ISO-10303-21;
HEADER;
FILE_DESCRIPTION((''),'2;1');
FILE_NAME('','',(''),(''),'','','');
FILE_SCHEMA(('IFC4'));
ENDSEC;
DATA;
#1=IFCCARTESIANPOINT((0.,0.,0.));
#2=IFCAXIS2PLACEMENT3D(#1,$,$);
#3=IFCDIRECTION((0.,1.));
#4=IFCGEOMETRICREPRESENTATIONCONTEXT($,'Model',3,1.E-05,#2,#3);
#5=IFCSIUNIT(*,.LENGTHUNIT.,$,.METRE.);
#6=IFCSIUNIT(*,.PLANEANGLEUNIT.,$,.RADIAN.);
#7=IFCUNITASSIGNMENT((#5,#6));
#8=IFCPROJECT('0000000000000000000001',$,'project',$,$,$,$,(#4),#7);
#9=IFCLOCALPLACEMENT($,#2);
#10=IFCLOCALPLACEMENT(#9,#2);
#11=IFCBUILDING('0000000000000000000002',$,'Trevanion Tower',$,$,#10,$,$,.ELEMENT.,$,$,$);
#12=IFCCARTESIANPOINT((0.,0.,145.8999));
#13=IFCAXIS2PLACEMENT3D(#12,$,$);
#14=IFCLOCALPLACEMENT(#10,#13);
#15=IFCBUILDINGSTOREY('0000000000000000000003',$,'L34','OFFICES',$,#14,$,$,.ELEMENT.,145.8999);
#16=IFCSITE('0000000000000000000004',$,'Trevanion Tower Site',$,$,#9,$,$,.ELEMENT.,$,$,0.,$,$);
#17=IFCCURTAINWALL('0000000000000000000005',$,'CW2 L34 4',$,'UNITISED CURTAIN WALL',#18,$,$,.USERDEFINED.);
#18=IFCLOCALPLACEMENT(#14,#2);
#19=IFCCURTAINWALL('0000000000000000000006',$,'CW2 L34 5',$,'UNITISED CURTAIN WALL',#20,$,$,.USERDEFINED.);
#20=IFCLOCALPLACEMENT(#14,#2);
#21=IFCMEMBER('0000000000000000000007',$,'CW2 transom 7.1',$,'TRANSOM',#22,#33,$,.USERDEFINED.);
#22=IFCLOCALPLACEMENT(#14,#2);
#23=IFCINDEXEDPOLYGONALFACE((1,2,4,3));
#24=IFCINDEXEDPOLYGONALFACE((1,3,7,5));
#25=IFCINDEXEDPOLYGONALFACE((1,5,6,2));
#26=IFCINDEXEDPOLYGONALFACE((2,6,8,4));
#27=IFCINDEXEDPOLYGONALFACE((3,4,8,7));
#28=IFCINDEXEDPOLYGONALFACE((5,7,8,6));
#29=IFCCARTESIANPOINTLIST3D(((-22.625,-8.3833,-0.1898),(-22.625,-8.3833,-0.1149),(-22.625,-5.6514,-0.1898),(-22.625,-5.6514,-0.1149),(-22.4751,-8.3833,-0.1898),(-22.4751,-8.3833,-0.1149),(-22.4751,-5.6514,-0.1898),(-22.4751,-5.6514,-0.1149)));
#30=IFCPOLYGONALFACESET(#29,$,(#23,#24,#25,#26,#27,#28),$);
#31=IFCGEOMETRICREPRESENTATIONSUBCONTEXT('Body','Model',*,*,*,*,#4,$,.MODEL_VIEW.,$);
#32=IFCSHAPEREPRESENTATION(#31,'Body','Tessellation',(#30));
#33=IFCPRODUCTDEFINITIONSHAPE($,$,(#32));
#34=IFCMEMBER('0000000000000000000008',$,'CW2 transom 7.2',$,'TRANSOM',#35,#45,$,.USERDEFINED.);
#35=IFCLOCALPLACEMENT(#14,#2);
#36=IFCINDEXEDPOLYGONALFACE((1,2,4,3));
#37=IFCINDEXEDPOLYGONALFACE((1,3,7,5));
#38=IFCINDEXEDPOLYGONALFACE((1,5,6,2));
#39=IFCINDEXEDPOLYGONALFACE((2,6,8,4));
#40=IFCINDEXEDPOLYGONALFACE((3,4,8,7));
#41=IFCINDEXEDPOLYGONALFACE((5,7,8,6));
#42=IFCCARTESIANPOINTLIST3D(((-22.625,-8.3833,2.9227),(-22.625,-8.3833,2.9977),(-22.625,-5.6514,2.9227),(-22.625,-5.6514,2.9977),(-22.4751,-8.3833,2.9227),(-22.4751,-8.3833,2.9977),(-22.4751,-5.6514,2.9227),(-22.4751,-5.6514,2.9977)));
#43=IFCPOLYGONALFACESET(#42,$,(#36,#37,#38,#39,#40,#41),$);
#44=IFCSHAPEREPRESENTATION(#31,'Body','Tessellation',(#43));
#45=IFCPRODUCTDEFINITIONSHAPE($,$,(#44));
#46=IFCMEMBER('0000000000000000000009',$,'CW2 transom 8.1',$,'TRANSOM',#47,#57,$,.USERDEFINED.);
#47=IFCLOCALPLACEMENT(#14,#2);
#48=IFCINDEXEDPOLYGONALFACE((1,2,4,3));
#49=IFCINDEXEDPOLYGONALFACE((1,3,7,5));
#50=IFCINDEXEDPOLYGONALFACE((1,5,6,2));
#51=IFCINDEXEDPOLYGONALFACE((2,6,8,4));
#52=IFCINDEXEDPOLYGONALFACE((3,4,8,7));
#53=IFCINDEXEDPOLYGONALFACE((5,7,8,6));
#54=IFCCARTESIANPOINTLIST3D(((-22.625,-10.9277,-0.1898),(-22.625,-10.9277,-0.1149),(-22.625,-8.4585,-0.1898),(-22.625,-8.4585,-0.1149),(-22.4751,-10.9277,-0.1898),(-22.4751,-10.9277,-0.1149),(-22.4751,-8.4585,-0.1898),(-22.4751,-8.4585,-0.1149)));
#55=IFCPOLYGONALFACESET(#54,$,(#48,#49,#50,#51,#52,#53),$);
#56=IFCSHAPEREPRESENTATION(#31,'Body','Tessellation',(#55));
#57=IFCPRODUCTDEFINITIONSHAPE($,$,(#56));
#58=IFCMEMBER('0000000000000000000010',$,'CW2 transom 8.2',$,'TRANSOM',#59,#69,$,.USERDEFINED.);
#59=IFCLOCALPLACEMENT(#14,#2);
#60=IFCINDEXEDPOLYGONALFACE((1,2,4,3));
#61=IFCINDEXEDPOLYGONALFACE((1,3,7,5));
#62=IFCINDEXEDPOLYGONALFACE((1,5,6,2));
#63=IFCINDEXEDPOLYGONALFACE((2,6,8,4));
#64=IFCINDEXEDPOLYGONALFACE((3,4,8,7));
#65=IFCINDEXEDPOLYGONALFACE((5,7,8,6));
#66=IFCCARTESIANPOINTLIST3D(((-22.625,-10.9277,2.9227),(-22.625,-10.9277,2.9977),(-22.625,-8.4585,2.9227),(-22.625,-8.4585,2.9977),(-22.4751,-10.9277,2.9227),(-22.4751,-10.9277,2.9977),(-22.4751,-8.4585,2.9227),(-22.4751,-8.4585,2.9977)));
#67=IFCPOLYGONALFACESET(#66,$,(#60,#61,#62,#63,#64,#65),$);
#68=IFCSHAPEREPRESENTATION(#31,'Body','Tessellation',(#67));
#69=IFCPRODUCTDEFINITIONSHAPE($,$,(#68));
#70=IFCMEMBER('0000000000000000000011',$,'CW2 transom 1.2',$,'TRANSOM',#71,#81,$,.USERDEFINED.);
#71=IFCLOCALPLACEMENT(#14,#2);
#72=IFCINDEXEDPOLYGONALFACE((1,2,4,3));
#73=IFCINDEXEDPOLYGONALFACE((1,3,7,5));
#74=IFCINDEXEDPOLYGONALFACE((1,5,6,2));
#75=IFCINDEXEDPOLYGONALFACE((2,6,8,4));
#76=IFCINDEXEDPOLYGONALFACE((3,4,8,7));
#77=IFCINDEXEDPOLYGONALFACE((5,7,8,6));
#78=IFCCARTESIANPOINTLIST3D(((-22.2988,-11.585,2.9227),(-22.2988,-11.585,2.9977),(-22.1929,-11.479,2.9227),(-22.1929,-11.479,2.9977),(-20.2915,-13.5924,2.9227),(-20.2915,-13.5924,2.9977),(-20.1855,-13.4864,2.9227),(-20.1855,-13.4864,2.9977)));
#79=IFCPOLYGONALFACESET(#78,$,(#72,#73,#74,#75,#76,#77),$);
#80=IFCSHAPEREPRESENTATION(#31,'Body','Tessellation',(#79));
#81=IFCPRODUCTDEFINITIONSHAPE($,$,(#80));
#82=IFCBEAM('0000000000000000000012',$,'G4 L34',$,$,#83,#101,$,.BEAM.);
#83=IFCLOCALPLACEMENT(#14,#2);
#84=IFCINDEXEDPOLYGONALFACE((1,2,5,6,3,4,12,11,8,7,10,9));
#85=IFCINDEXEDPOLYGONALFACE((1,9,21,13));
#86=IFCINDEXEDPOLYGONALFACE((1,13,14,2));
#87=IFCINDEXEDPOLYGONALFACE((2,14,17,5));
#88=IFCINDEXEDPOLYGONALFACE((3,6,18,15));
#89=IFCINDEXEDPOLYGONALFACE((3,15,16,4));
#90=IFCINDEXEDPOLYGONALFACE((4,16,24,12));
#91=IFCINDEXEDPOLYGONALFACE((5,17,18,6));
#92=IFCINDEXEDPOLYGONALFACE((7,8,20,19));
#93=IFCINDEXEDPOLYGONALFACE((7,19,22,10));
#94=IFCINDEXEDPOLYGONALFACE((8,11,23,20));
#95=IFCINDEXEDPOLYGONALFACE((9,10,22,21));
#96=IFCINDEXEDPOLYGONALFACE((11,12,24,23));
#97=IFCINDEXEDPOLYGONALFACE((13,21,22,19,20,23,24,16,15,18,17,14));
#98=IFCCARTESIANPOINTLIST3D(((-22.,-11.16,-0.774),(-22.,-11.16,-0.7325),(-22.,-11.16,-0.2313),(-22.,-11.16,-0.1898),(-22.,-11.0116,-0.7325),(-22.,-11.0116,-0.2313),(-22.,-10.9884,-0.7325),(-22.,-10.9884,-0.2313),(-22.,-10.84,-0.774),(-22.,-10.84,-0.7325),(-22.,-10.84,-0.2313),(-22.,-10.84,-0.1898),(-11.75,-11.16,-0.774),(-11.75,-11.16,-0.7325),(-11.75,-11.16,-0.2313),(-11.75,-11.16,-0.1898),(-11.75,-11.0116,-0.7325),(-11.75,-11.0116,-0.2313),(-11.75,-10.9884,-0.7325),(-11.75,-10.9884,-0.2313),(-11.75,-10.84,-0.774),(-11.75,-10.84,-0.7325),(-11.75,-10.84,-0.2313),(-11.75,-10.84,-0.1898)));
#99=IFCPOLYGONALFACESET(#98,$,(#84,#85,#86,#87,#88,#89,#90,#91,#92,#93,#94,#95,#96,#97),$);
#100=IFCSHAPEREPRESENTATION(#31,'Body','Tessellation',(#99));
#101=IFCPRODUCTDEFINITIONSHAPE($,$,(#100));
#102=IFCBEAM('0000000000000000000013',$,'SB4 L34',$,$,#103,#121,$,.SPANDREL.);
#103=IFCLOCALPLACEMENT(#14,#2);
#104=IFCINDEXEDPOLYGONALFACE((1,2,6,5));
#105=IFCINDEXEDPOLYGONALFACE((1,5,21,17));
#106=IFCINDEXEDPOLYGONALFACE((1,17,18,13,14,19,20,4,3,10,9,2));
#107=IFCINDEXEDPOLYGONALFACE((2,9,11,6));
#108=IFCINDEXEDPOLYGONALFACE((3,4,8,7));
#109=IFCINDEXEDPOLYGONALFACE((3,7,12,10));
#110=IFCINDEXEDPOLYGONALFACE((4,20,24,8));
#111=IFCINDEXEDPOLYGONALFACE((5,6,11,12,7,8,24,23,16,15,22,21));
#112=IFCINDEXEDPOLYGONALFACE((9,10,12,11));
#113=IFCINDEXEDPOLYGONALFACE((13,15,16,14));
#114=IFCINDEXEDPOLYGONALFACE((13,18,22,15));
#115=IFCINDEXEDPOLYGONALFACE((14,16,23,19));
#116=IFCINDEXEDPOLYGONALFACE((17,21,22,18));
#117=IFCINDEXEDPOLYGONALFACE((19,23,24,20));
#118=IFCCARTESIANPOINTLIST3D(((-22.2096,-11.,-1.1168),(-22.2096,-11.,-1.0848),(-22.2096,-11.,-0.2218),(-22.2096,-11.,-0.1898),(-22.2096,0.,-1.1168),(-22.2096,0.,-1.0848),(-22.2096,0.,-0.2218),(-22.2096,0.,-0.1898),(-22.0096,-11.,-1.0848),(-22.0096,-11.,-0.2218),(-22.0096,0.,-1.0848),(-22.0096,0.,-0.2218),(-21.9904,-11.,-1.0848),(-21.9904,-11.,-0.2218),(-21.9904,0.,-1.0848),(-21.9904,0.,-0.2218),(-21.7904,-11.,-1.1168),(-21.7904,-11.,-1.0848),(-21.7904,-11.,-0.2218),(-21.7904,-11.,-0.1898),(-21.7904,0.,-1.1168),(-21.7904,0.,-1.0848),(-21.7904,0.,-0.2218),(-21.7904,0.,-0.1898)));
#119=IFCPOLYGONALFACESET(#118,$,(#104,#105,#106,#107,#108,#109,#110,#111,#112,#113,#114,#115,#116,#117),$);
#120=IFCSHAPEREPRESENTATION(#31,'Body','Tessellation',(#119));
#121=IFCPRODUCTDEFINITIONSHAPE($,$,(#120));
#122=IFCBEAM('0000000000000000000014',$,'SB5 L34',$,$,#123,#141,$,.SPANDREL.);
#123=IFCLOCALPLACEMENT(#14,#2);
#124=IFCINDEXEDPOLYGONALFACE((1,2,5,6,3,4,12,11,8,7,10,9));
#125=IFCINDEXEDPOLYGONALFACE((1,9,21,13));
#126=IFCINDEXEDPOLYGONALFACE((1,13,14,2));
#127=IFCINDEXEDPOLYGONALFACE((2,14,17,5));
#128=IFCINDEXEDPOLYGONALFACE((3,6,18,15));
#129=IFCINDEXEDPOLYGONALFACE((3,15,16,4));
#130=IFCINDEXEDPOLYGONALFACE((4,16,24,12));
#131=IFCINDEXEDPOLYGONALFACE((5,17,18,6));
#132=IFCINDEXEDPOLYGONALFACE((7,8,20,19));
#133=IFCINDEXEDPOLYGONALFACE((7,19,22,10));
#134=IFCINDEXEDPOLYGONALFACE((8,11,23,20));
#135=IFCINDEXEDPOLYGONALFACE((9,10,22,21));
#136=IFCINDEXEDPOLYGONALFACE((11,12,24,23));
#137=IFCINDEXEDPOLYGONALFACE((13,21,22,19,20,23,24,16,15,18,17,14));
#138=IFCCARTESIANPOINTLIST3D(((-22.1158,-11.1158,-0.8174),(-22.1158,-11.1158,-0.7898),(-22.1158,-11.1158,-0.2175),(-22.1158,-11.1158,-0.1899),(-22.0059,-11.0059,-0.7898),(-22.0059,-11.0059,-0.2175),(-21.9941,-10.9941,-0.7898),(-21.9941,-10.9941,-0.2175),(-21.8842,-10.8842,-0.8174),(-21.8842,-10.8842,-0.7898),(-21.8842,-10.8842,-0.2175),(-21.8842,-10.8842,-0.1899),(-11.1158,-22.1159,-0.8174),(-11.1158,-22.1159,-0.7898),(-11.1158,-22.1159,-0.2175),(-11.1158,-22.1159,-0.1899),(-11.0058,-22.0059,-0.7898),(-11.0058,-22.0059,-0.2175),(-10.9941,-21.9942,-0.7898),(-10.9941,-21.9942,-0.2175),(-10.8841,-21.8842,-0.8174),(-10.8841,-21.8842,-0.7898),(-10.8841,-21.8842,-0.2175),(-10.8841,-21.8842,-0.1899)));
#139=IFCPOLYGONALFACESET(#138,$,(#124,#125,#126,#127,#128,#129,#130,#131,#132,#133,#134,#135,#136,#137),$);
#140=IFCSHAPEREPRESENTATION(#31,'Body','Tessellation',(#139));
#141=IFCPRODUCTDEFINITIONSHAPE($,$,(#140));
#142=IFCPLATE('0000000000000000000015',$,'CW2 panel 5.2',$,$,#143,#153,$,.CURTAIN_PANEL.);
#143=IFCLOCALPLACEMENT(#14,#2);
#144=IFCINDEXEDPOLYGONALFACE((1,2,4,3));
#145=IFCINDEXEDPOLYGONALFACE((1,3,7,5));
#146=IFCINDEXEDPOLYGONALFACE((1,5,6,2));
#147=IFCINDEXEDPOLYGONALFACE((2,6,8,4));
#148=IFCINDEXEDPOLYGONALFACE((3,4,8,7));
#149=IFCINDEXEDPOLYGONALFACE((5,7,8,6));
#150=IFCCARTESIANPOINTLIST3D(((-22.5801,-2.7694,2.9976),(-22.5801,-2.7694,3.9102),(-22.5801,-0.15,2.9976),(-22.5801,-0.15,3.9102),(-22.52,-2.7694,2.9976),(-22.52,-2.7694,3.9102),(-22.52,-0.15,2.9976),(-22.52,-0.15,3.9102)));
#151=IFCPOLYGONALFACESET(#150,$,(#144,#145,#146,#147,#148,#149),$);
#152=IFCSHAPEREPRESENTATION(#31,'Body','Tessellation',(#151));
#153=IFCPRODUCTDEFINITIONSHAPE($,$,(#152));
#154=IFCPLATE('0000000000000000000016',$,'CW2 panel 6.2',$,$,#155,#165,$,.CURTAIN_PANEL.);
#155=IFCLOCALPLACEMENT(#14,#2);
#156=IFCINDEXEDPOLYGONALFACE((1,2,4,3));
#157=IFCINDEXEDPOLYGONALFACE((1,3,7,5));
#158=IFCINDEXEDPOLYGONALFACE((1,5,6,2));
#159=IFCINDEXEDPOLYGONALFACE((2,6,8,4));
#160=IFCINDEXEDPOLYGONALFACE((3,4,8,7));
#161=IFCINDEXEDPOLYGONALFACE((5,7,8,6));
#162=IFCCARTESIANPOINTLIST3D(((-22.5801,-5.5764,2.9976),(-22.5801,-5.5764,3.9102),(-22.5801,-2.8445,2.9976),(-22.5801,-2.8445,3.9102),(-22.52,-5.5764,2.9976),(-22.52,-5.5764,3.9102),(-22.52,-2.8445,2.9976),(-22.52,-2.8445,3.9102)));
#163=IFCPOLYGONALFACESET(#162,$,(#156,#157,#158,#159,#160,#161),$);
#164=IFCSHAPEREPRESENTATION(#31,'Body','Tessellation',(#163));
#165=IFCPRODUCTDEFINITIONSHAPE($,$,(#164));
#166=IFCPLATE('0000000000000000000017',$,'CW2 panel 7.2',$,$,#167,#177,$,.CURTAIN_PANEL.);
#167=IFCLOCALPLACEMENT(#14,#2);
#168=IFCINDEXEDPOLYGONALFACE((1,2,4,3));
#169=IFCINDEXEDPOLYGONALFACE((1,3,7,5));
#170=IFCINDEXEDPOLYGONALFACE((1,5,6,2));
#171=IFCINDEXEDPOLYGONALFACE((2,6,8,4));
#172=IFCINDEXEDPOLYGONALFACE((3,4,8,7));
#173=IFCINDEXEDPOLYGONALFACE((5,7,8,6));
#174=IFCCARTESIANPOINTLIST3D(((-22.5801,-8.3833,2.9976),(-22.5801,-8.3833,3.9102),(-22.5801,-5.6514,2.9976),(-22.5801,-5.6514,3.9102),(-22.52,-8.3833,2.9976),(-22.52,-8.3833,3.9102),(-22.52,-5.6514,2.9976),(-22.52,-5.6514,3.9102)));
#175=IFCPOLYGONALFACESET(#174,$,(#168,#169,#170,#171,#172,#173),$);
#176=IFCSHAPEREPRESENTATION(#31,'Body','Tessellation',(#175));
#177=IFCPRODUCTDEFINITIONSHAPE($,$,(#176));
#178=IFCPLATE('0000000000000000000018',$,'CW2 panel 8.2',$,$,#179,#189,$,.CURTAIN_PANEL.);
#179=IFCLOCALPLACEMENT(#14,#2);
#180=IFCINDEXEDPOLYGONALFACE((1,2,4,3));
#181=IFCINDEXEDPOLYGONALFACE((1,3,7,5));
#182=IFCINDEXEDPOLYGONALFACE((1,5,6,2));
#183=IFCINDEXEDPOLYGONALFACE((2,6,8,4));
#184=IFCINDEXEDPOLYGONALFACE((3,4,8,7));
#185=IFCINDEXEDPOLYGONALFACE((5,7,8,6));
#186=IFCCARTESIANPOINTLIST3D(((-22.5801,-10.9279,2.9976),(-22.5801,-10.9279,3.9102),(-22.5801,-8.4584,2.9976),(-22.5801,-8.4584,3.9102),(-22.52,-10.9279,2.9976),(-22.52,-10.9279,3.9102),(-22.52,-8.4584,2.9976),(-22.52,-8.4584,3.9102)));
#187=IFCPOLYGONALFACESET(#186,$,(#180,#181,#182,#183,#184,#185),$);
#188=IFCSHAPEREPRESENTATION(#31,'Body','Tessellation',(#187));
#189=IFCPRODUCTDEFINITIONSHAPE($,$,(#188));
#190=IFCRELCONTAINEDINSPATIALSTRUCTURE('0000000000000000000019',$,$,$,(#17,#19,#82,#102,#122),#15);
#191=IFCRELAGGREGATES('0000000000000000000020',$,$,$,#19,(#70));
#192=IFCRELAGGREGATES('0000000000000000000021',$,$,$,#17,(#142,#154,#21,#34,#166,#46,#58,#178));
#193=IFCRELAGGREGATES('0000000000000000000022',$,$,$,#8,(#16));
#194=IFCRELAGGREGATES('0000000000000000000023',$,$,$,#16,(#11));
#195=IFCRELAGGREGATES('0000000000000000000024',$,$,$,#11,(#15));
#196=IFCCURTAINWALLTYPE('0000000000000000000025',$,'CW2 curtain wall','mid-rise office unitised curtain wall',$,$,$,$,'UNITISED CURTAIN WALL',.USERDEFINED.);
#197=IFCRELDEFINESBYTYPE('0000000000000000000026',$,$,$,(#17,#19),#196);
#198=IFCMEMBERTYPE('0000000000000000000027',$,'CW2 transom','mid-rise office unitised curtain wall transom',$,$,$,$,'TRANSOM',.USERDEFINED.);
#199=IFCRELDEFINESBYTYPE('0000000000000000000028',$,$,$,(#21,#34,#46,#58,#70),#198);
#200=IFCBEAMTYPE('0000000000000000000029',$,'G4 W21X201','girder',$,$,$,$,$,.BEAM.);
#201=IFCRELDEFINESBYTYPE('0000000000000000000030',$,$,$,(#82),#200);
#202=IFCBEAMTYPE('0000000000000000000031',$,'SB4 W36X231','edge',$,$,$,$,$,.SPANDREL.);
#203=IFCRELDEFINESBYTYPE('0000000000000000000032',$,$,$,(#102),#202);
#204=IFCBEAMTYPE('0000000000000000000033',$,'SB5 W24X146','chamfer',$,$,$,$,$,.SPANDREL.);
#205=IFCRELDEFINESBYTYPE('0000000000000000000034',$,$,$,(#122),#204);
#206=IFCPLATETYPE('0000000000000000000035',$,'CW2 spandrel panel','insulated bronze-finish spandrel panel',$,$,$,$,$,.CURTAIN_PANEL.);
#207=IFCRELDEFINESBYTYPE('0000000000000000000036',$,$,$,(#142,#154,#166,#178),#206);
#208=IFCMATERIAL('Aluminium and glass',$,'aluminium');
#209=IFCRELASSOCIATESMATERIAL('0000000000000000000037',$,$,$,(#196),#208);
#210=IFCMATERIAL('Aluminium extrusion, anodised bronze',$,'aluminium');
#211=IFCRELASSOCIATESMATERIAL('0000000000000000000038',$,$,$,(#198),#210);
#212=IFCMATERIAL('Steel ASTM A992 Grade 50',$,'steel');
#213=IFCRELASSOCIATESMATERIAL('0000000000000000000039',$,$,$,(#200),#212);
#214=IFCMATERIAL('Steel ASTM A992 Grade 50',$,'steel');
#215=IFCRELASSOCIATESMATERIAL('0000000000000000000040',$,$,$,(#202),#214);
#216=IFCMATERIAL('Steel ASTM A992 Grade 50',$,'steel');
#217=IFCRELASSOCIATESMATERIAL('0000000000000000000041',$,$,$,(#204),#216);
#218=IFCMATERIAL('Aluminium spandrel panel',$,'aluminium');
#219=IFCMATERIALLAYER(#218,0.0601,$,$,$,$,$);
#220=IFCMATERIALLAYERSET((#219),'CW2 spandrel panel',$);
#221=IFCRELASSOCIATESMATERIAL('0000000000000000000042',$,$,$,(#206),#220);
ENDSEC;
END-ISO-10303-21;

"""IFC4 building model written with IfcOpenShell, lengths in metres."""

from ifc_helpers import new_model, si_unit, direction, frame, origin, origin_2d, place, context, subcontext, project, spatial, rectangle, i_section, extrude, material, layer, layer_set, material_profile, profile_set, type_object, element, aggregate, save


model = new_model("IFC4")

# Units and contexts
model_context = context("Model", 3, precision=1e-05, world=origin(), true_north=direction((0.0, 1.0)))
body_context = subcontext(model_context, "Body", "Model", "MODEL_VIEW")
ifc_project = project(units=[si_unit("LENGTHUNIT", "METRE"), si_unit("PLANEANGLEUNIT", "RADIAN")], contexts=[model_context])

# Site, building, storey
site_placement = place(None, origin())
site = spatial("IfcSite", under=ifc_project, at=site_placement, Name="Trevanion Tower Site", CompositionType="ELEMENT", RefElevation=0.0)
building_placement = place(site_placement, origin())
building = spatial("IfcBuilding", under=site, at=building_placement, Name="Trevanion Tower", CompositionType="ELEMENT")
storey_placement = place(building_placement, frame((0.0, 0.0, 145.8999)))
storey = spatial("IfcBuildingStorey", under=building, at=storey_placement, Name="L34", Description="OFFICES", CompositionType="ELEMENT", Elevation=145.8999)

# Curtain wall
ifc_material_1 = material(Name="Aluminium and glass", Category="aluminium")
curtain_wall_type = type_object("IfcCurtainWallType", Name="CW2 curtain wall", Description="mid-rise office unitised curtain wall", ElementType="UNITISED CURTAIN WALL", PredefinedType="USERDEFINED", material=ifc_material_1)
curtain_wall_1_placement = place(storey_placement, origin())
curtain_wall_1 = element("IfcCurtainWall", 1, at=curtain_wall_1_placement, inside=storey, type_object=curtain_wall_type, Name="CW2 L34 4", ObjectType="UNITISED CURTAIN WALL", PredefinedType="USERDEFINED")

# Curtain wall
curtain_wall_2_placement = place(storey_placement, origin())
curtain_wall_2 = element("IfcCurtainWall", 2, at=curtain_wall_2_placement, inside=storey, type_object=curtain_wall_type, Name="CW2 L34 5", ObjectType="UNITISED CURTAIN WALL", PredefinedType="USERDEFINED")

# Members
ifc_material_2 = material(Name="Aluminium extrusion, anodised bronze", Category="aluminium")
ifc_material_profile_1 = material_profile(ifc_material_2, rectangle(XDim=0.1499, YDim=0.075, at=origin_2d()), Name="CW2 transom")
ifc_profile_set_1 = profile_set([ifc_material_profile_1], Name="Aluminium extrusion, anodised bronze")
member_type_1 = type_object("IfcMemberType", Name="CW2 transom", Description="mid-rise office unitised curtain wall transom", ElementType="TRANSOM", PredefinedType="USERDEFINED", material=ifc_profile_set_1)
member_1_placement = place(storey_placement, frame((-22.55, -5.6514, -0.1523), z_axis=(0.0, -1.0, 0.0), x_axis=(1.0, 0.0, 0.0)))
member_1 = element("IfcMember", 3, at=member_1_placement, type_object=member_type_1, Name="CW2 transom 7.1", ObjectType="TRANSOM", PredefinedType="USERDEFINED", context=body_context, shape_type="SweptSolid", body=[
    extrude(rectangle(XDim=0.1499, YDim=0.075, at=origin_2d()), origin(), (0.0, 0.0, 1.0), 2.7319),
])
member_2_placement = place(storey_placement, frame((-22.55, -5.6514, 2.9602), z_axis=(0.0, -1.0, 0.0), x_axis=(1.0, 0.0, 0.0)))
member_2 = element("IfcMember", 4, at=member_2_placement, type_object=member_type_1, Name="CW2 transom 7.2", ObjectType="TRANSOM", PredefinedType="USERDEFINED", context=body_context, shape_type="SweptSolid", body=[
    extrude(rectangle(XDim=0.1499, YDim=0.075, at=origin_2d()), origin(), (0.0, 0.0, 1.0), 2.7319),
])
member_3_placement = place(storey_placement, frame((-22.55, -8.4585, -0.1523), z_axis=(0.0, -1.0, 0.0), x_axis=(1.0, 0.0, 0.0)))
member_3 = element("IfcMember", 5, at=member_3_placement, type_object=member_type_1, Name="CW2 transom 8.1", ObjectType="TRANSOM", PredefinedType="USERDEFINED", context=body_context, shape_type="SweptSolid", body=[
    extrude(rectangle(XDim=0.1499, YDim=0.075, at=origin_2d()), origin(), (0.0, 0.0, 1.0), 2.4692),
])
member_4_placement = place(storey_placement, frame((-22.55, -8.4585, 2.9602), z_axis=(0.0, -1.0, 0.0), x_axis=(1.0, 0.0, 0.0)))
member_4 = element("IfcMember", 6, at=member_4_placement, type_object=member_type_1, Name="CW2 transom 8.2", ObjectType="TRANSOM", PredefinedType="USERDEFINED", context=body_context, shape_type="SweptSolid", body=[
    extrude(rectangle(XDim=0.1499, YDim=0.075, at=origin_2d()), origin(), (0.0, 0.0, 1.0), 2.4692),
])
member_5_placement = place(storey_placement, frame((-22.2458, -11.532, 2.9602), z_axis=(0.707107, -0.707107, 0.0), x_axis=(0.707107, 0.707107, 0.0)))
member_5 = element("IfcMember", 7, at=member_5_placement, type_object=member_type_1, Name="CW2 transom 1.2", ObjectType="TRANSOM", PredefinedType="USERDEFINED", context=body_context, shape_type="SweptSolid", body=[
    extrude(rectangle(XDim=0.1499, YDim=0.075, at=origin_2d()), origin(), (0.0, 0.0, 1.0), 2.8389),
])
aggregate(curtain_wall_2, [member_5])

# Beams
ifc_material_3 = material(Name="Steel ASTM A992 Grade 50", Category="steel")
ifc_material_profile_2 = material_profile(ifc_material_3, i_section(OverallWidth=0.3201, OverallDepth=0.5842, WebThickness=0.0232, FlangeThickness=0.0415, at=origin_2d()), Name="W21X201")
ifc_profile_set_2 = profile_set([ifc_material_profile_2], Name="Steel ASTM A992 Grade 50")
beam_type_1 = type_object("IfcBeamType", Name="G4 W21X201", Description="girder", PredefinedType="BEAM", material=ifc_profile_set_2)
beam_1_placement = place(storey_placement, frame((-11.75, -11.0, -0.4819), z_axis=(-1.0, 0.0, 0.0), x_axis=(0.0, -1.0, 0.0)))
element("IfcBeam", 8, at=beam_1_placement, inside=storey, type_object=beam_type_1, Name="G4 L34", PredefinedType="BEAM", context=body_context, shape_type="SweptSolid", body=[
    extrude(i_section(OverallWidth=0.3201, OverallDepth=0.5842, WebThickness=0.0232, FlangeThickness=0.0415, at=origin_2d()), origin(), (0.0, 0.0, 1.0), 10.25),
])
ifc_material_4 = material(Name="Steel ASTM A992 Grade 50", Category="steel")
ifc_material_profile_3 = material_profile(ifc_material_4, i_section(OverallWidth=0.4192, OverallDepth=0.927, WebThickness=0.0193, FlangeThickness=0.032, at=origin_2d()), Name="W36X231")
ifc_profile_set_3 = profile_set([ifc_material_profile_3], Name="Steel ASTM A992 Grade 50")
beam_type_2 = type_object("IfcBeamType", Name="SB4 W36X231", Description="edge", PredefinedType="SPANDREL", material=ifc_profile_set_3)
beam_2_placement = place(storey_placement, frame((-22.0, 0.0, -0.6533), z_axis=(0.0, -1.0, 0.0), x_axis=(1.0, 0.0, 0.0)))
element("IfcBeam", 9, at=beam_2_placement, inside=storey, type_object=beam_type_2, Name="SB4 L34", PredefinedType="SPANDREL", context=body_context, shape_type="SweptSolid", body=[
    extrude(i_section(OverallWidth=0.4192, OverallDepth=0.927, WebThickness=0.0193, FlangeThickness=0.032, at=origin_2d()), origin(), (0.0, 0.0, 1.0), 11.0),
])
ifc_material_5 = material(Name="Steel ASTM A992 Grade 50", Category="steel")
ifc_material_profile_4 = material_profile(ifc_material_5, i_section(OverallWidth=0.3276, OverallDepth=0.6274, WebThickness=0.0166, FlangeThickness=0.0276, at=origin_2d()), Name="W24X146")
ifc_profile_set_4 = profile_set([ifc_material_profile_4], Name="Steel ASTM A992 Grade 50")
beam_type_3 = type_object("IfcBeamType", Name="SB5 W24X146", Description="chamfer", PredefinedType="SPANDREL", material=ifc_profile_set_4)
beam_3_placement = place(storey_placement, frame((-22.0, -11.0, -0.5037), z_axis=(0.707107, -0.707107, 0.0), x_axis=(0.707107, 0.707107, 0.0)))
element("IfcBeam", 10, at=beam_3_placement, inside=storey, type_object=beam_type_3, Name="SB5 L34", PredefinedType="SPANDREL", context=body_context, shape_type="SweptSolid", body=[
    extrude(i_section(OverallWidth=0.3276, OverallDepth=0.6274, WebThickness=0.0166, FlangeThickness=0.0276, at=origin_2d()), origin(), (0.0, 0.0, 1.0), 15.5564),
])

# Plates
ifc_material_6 = material(Name="Aluminium spandrel panel", Category="aluminium")
ifc_layer_1 = layer(ifc_material_6, 0.0601)
ifc_layer_set_1 = layer_set([ifc_layer_1], Name="CW2 spandrel panel")
plate_type_1 = type_object("IfcPlateType", Name="CW2 spandrel panel", Description="insulated bronze-finish spandrel panel", PredefinedType="CURTAIN_PANEL", material=ifc_layer_set_1)
plate_1_placement = place(storey_placement, frame((-22.55, -1.4597, 2.9976), z_axis=(0.0, 0.0, 1.0), x_axis=(0.0, -1.0, 0.0)))
plate_1 = element("IfcPlate", 11, at=plate_1_placement, type_object=plate_type_1, Name="CW2 panel 5.2", PredefinedType="CURTAIN_PANEL", context=body_context, shape_type="SweptSolid", body=[
    extrude(rectangle(XDim=2.6194, YDim=0.0601, at=origin_2d()), origin(), (0.0, 0.0, 1.0), 0.9126),
])
plate_2_placement = place(storey_placement, frame((-22.55, -4.2104, 2.9976), z_axis=(0.0, 0.0, 1.0), x_axis=(0.0, -1.0, 0.0)))
plate_2 = element("IfcPlate", 12, at=plate_2_placement, type_object=plate_type_1, Name="CW2 panel 6.2", PredefinedType="CURTAIN_PANEL", context=body_context, shape_type="SweptSolid", body=[
    extrude(rectangle(XDim=2.7319, YDim=0.0601, at=origin_2d()), origin(), (0.0, 0.0, 1.0), 0.9126),
])
plate_3_placement = place(storey_placement, frame((-22.55, -7.0173, 2.9976), z_axis=(0.0, 0.0, 1.0), x_axis=(0.0, -1.0, 0.0)))
plate_3 = element("IfcPlate", 13, at=plate_3_placement, type_object=plate_type_1, Name="CW2 panel 7.2", PredefinedType="CURTAIN_PANEL", context=body_context, shape_type="SweptSolid", body=[
    extrude(rectangle(XDim=2.7319, YDim=0.0601, at=origin_2d()), origin(), (0.0, 0.0, 1.0), 0.9126),
])
plate_4_placement = place(storey_placement, frame((-22.55, -9.6931, 2.9976), z_axis=(0.0, 0.0, 1.0), x_axis=(0.0, -1.0, 0.0)))
plate_4 = element("IfcPlate", 14, at=plate_4_placement, type_object=plate_type_1, Name="CW2 panel 8.2", PredefinedType="CURTAIN_PANEL", context=body_context, shape_type="SweptSolid", body=[
    extrude(rectangle(XDim=2.4695, YDim=0.0601, at=origin_2d()), origin(), (0.0, 0.0, 1.0), 0.9126),
])
aggregate(curtain_wall_1, [plate_1, plate_2, member_1, member_2, plate_3, member_3, member_4, plate_4])

save(model, "model.ifc")
